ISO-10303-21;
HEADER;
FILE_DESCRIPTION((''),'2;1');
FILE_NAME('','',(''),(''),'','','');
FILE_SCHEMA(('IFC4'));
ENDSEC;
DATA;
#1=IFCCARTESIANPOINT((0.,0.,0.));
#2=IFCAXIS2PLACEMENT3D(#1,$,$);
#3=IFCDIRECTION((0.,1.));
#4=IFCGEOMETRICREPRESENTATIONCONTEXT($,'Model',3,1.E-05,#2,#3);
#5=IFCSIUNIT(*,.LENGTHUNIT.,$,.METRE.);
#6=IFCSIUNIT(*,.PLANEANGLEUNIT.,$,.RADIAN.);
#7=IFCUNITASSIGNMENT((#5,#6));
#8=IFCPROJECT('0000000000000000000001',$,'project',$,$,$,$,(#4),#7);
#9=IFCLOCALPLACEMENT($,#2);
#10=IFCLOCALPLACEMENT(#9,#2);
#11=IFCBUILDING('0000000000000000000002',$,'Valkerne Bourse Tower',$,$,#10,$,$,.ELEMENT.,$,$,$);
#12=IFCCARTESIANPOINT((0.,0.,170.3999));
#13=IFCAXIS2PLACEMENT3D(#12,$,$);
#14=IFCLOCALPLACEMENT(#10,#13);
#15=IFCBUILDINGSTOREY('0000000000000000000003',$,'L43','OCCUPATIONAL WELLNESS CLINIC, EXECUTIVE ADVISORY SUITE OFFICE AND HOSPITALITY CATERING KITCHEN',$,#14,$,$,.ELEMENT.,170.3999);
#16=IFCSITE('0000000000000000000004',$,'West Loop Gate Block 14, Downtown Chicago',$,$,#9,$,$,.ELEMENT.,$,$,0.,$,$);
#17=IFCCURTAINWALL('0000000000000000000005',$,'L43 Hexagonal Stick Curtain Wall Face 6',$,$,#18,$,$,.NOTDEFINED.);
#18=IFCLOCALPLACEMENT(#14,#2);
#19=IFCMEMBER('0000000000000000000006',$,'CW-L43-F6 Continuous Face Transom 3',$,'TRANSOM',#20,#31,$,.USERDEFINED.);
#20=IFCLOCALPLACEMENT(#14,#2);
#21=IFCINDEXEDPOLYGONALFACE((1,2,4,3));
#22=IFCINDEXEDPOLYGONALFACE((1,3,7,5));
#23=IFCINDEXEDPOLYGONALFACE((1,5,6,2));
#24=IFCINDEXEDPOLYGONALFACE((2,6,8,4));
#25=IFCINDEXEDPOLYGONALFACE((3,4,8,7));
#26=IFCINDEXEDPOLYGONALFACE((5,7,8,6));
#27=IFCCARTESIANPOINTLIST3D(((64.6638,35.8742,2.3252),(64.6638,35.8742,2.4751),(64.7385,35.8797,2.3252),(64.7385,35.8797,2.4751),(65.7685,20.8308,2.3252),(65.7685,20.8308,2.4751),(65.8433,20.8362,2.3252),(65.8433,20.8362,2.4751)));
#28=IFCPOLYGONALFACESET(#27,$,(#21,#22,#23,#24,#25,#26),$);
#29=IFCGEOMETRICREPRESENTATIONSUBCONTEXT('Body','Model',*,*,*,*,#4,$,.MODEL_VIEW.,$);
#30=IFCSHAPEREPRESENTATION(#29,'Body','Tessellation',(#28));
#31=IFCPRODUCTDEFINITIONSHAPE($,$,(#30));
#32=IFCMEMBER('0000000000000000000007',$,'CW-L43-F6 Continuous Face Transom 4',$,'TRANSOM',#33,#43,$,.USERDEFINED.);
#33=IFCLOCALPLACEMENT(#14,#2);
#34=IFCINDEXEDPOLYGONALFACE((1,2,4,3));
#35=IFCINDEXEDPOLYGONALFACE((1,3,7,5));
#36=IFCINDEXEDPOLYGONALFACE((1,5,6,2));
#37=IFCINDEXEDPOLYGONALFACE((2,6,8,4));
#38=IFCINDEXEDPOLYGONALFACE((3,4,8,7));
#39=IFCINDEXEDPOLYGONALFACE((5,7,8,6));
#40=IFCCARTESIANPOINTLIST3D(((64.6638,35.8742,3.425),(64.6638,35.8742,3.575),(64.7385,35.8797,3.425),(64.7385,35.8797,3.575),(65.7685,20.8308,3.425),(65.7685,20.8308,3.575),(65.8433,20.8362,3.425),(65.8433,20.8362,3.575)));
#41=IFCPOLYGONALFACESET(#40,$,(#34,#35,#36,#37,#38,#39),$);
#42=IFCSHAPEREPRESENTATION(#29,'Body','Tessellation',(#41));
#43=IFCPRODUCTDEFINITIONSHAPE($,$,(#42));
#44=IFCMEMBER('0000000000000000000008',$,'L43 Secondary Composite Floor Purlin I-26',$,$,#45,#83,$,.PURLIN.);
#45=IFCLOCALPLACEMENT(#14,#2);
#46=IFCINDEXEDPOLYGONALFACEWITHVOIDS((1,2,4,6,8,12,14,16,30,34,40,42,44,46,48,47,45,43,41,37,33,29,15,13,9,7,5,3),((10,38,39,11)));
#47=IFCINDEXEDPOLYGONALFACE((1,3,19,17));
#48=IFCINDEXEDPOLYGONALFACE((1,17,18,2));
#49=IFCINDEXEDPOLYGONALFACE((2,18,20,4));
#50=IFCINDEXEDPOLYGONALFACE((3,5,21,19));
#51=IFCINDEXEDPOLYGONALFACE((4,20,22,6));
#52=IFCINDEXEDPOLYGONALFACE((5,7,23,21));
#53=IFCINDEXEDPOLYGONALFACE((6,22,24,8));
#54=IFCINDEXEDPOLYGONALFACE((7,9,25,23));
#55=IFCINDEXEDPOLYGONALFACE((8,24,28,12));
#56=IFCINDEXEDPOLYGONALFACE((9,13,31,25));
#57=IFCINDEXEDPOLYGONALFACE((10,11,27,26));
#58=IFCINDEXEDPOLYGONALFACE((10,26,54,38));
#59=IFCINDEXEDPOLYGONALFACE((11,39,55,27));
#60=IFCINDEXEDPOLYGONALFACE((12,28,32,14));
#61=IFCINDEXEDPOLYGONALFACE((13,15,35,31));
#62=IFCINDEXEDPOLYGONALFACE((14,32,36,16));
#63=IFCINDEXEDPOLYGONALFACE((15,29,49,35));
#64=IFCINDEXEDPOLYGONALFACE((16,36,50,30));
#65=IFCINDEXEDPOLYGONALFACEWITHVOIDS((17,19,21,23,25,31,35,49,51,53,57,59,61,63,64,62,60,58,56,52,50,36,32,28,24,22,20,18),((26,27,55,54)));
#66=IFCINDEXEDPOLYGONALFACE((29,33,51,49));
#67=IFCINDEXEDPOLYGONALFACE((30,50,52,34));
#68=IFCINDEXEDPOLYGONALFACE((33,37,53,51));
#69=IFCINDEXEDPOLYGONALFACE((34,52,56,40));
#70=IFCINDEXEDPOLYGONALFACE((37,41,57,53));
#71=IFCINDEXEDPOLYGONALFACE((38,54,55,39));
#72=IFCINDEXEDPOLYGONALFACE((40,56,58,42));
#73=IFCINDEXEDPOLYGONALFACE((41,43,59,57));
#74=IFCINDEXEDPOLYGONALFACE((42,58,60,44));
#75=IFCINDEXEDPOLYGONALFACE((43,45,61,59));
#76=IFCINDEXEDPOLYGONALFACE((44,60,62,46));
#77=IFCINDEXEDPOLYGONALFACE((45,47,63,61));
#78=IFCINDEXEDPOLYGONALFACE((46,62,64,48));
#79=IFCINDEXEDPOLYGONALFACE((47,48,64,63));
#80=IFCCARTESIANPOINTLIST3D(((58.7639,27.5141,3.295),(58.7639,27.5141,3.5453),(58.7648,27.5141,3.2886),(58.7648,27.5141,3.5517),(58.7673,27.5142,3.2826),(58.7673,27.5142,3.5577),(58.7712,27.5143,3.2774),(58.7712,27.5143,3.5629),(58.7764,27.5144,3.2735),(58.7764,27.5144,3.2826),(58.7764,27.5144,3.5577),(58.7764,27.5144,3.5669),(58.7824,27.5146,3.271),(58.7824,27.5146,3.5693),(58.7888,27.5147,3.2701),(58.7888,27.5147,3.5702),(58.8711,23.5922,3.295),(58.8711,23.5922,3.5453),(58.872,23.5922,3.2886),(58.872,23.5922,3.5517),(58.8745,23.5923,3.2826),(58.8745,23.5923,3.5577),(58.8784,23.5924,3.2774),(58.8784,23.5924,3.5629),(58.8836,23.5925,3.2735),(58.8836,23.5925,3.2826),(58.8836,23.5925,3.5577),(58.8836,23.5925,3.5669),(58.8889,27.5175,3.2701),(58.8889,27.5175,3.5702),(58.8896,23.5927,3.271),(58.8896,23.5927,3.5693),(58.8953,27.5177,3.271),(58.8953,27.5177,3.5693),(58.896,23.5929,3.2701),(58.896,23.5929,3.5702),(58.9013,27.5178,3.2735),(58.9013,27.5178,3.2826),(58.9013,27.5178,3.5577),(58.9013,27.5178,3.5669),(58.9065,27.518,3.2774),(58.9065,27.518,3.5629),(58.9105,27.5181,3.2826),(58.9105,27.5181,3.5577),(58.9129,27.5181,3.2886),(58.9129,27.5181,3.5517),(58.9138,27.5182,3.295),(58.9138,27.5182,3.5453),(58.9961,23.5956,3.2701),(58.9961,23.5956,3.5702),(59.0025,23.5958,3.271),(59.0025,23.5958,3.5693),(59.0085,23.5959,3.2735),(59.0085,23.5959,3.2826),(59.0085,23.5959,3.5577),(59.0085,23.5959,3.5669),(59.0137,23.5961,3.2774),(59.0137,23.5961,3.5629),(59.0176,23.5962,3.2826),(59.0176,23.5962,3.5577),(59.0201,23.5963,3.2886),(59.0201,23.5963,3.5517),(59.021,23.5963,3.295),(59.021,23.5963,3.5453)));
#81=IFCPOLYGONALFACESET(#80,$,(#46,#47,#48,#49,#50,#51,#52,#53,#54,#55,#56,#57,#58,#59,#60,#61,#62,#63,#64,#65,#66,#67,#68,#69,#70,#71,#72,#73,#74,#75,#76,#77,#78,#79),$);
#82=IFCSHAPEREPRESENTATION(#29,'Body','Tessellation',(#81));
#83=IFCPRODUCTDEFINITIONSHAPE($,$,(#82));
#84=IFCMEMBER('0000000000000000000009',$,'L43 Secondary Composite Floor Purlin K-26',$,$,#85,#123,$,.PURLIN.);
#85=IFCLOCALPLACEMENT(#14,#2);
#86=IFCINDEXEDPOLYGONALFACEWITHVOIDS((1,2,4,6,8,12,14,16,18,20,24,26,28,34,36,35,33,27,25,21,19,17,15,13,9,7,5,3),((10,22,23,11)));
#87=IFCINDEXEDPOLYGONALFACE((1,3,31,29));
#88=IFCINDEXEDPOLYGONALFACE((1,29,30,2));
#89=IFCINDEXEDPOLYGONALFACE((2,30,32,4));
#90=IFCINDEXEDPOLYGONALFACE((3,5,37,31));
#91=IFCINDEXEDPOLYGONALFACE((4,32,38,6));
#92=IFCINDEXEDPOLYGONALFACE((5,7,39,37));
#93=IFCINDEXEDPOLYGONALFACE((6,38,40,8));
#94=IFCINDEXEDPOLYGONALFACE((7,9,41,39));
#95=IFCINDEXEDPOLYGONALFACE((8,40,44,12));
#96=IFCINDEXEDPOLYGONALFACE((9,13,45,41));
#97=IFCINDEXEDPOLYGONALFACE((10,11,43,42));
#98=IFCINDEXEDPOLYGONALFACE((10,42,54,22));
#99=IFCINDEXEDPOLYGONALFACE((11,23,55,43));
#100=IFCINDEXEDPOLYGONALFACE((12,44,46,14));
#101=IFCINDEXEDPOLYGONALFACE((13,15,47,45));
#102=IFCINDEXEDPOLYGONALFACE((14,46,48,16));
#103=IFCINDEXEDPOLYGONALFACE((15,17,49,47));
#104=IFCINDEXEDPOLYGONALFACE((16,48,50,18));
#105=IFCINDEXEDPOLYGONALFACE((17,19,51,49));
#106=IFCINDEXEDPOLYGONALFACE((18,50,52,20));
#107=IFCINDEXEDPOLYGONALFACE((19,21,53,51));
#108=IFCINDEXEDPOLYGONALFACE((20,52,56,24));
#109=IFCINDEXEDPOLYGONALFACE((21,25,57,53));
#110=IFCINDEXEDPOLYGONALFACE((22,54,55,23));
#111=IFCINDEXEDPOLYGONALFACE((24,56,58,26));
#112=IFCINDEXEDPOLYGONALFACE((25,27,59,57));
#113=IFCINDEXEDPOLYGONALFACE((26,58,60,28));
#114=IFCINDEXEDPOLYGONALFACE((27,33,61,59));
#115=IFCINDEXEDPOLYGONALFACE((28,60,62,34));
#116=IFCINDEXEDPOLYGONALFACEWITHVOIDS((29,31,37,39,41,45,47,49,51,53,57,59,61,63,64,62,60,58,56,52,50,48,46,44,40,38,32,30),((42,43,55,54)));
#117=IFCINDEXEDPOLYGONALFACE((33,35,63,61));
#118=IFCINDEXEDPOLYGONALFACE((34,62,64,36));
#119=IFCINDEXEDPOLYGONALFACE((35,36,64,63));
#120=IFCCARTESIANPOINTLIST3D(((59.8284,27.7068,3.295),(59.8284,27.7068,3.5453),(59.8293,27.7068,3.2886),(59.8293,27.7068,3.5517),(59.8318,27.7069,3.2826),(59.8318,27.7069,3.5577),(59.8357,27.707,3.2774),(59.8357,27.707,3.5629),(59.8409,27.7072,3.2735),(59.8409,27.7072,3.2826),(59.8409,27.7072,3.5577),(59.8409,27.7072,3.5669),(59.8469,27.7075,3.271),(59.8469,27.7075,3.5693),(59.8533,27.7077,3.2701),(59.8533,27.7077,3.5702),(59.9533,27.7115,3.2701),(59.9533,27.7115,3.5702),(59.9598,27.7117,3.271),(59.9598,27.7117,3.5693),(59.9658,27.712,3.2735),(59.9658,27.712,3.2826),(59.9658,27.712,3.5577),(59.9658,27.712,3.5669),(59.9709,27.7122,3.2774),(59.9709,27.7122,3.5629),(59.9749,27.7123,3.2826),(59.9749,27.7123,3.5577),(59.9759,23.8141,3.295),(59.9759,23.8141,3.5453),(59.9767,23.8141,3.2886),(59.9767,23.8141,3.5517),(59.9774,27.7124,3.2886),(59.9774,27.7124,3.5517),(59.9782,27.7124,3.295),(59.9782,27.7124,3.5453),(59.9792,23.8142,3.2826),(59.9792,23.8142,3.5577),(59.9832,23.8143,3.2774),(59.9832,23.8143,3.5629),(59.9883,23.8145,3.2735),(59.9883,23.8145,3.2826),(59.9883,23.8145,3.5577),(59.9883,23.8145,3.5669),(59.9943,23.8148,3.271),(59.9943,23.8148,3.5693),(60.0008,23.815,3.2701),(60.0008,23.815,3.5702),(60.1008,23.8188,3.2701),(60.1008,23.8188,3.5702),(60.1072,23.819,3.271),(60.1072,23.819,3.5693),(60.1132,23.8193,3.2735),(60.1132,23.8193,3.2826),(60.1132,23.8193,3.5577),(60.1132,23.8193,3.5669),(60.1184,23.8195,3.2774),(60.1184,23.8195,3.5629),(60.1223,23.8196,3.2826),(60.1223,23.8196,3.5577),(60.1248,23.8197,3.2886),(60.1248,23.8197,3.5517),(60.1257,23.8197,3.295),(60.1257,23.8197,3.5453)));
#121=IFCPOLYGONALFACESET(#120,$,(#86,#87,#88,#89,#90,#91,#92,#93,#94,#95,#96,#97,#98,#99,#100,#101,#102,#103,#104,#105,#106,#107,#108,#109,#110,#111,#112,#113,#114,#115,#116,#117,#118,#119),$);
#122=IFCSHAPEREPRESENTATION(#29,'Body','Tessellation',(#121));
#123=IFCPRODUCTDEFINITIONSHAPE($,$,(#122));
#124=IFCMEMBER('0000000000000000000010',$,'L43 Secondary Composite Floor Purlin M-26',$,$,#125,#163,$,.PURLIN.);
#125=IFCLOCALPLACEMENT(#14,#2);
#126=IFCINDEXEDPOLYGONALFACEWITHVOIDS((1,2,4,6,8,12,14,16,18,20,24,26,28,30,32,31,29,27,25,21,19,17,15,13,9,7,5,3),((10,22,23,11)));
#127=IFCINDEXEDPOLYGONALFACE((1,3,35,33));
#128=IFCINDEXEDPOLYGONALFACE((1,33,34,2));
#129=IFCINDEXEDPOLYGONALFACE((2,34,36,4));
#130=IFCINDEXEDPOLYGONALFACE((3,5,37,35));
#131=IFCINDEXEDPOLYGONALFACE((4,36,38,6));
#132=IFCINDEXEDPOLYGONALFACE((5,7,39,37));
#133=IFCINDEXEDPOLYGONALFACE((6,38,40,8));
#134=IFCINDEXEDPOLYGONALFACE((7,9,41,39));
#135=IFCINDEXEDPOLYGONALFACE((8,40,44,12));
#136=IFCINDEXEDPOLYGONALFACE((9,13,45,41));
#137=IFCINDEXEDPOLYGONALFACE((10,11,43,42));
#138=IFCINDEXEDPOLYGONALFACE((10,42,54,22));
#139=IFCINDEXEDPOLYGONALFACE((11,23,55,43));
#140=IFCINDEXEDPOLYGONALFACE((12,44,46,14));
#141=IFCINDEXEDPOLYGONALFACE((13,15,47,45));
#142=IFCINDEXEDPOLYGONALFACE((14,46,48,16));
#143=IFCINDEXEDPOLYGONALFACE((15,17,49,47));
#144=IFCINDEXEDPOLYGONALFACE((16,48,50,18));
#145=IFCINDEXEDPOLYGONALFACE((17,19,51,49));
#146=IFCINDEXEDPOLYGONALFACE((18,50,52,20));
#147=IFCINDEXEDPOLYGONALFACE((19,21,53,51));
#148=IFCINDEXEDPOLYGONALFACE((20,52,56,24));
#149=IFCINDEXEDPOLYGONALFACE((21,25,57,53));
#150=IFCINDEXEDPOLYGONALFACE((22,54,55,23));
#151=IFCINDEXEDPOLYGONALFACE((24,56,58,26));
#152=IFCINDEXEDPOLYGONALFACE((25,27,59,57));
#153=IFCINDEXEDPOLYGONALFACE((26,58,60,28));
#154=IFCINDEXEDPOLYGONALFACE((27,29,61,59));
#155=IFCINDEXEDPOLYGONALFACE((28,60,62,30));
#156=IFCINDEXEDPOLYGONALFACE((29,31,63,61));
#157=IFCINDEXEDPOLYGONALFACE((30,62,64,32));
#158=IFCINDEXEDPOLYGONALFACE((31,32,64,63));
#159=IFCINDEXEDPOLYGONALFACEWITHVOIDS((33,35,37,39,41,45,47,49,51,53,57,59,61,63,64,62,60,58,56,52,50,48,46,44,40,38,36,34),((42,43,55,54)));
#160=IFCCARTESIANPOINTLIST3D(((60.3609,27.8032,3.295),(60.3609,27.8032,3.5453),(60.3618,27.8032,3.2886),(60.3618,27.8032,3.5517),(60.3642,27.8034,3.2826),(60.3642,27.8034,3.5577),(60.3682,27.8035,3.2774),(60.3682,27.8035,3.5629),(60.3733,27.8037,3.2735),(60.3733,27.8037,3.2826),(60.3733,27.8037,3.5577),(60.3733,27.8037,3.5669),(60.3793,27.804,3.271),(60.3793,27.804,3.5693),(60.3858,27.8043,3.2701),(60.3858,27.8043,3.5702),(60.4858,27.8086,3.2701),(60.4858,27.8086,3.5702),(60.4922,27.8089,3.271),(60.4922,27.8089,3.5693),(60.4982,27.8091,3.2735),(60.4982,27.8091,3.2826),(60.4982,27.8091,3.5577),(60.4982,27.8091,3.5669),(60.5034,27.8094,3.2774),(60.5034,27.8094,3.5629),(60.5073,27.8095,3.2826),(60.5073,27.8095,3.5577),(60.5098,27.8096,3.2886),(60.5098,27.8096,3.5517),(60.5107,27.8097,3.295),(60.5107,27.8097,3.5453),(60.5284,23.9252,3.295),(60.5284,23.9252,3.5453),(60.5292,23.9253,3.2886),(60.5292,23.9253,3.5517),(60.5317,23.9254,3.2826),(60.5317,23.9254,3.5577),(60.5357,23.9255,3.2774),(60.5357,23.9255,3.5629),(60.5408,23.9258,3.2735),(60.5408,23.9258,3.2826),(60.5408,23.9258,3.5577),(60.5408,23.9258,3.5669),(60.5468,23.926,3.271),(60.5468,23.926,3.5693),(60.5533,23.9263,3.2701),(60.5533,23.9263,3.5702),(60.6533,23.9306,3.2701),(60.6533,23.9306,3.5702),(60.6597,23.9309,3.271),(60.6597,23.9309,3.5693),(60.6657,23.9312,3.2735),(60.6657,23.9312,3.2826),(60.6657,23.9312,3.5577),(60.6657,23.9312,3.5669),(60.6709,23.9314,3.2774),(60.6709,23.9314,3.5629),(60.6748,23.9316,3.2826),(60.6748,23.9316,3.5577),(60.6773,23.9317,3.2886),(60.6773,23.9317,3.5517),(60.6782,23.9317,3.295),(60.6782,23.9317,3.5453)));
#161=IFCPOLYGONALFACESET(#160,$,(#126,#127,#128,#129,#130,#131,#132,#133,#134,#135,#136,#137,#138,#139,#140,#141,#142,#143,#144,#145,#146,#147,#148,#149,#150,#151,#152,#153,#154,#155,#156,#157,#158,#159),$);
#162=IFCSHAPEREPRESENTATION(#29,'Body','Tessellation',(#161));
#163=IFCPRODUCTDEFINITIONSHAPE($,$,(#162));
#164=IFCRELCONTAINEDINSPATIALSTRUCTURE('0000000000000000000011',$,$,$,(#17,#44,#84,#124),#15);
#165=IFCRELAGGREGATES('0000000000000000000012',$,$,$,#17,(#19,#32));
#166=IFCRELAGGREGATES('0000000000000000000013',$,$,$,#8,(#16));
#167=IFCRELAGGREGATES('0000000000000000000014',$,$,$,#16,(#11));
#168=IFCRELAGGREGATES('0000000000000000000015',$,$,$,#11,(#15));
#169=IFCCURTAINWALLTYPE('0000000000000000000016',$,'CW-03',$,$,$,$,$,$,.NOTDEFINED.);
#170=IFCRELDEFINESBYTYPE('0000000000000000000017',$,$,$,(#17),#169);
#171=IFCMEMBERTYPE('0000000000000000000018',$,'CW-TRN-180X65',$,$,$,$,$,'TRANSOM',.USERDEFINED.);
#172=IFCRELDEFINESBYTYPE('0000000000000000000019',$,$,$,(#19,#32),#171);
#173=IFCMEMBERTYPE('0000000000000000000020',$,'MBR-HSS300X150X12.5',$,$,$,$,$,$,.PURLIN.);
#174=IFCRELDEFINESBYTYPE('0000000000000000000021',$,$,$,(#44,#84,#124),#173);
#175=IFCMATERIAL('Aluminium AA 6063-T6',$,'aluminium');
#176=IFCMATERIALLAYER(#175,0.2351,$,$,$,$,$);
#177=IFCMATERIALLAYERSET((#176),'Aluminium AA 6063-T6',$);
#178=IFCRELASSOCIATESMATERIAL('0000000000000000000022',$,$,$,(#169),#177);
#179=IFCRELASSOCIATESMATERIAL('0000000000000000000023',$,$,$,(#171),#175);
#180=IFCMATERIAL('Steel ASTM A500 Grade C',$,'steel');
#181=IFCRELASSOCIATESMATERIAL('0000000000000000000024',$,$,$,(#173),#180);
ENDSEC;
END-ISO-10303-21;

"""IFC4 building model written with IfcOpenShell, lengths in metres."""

from ifc_helpers import new_model, si_unit, direction, frame, origin, origin_2d, place, context, subcontext, project, spatial, rectangle, hollow_rectangle, extrude, material, layer, layer_set, material_profile, profile_set, type_object, element, aggregate, save


model = new_model("IFC4")

# Units and contexts
model_context = context("Model", 3, precision=1e-05, world=origin(), true_north=direction((0.0, 1.0)))
body_context = subcontext(model_context, "Body", "Model", "MODEL_VIEW")
ifc_project = project(units=[si_unit("LENGTHUNIT", "METRE"), si_unit("PLANEANGLEUNIT", "RADIAN")], contexts=[model_context])

# Site, building, storey
site_placement = place(None, origin())
site = spatial("IfcSite", under=ifc_project, at=site_placement, Name="West Loop Gate Block 14, Downtown Chicago", CompositionType="ELEMENT", RefElevation=0.0)
building_placement = place(site_placement, origin())
building = spatial("IfcBuilding", under=site, at=building_placement, Name="Valkerne Bourse Tower", CompositionType="ELEMENT")
storey_placement = place(building_placement, frame((0.0, 0.0, 170.3999)))
storey = spatial("IfcBuildingStorey", under=building, at=storey_placement, Name="L43", Description="OCCUPATIONAL WELLNESS CLINIC, EXECUTIVE ADVISORY SUITE OFFICE AND HOSPITALITY CATERING KITCHEN", CompositionType="ELEMENT", Elevation=170.3999)

# Curtain wall, members
ifc_material_1 = material(Name="Aluminium AA 6063-T6", Category="aluminium")
ifc_layer_1 = layer(ifc_material_1, 0.2351)
ifc_layer_set_1 = layer_set([ifc_layer_1], Name="Aluminium AA 6063-T6")
curtain_wall_type = type_object("IfcCurtainWallType", Name="CW-03", PredefinedType="NOTDEFINED", material=ifc_layer_set_1)
curtain_wall_placement = place(storey_placement, origin())
curtain_wall = element("IfcCurtainWall", 1, at=curtain_wall_placement, inside=storey, type_object=curtain_wall_type, Name="L43 Hexagonal Stick Curtain Wall Face 6", PredefinedType="NOTDEFINED")
ifc_material_profile_1 = material_profile(ifc_material_1, rectangle(XDim=0.075, YDim=0.1499, at=origin_2d()), Name="CWT-75X150")
ifc_profile_set_1 = profile_set([ifc_material_profile_1], Name="Aluminium AA 6063-T6")
member_type_1 = type_object("IfcMemberType", Name="CW-TRN-180X65", ElementType="TRANSOM", PredefinedType="USERDEFINED", material=ifc_profile_set_1)
member_1_placement = place(storey_placement, frame((65.8059, 20.8335, 2.4001), z_axis=(-0.073239, 0.997314, 0.0), x_axis=(-0.997314, -0.073239, 0.0)))
member_1 = element("IfcMember", 2, at=member_1_placement, type_object=member_type_1, Name="CW-L43-F6 Continuous Face Transom 3", ObjectType="TRANSOM", PredefinedType="USERDEFINED", context=body_context, shape_type="SweptSolid", body=[
    extrude(rectangle(XDim=0.075, YDim=0.1499, at=origin_2d()), origin(), (0.0, 0.0, 1.0), 15.084),
])
member_2_placement = place(storey_placement, frame((65.8059, 20.8335, 3.5), z_axis=(-0.073239, 0.997314, 0.0), x_axis=(-0.997314, -0.073239, 0.0)))
member_2 = element("IfcMember", 3, at=member_2_placement, type_object=member_type_1, Name="CW-L43-F6 Continuous Face Transom 4", ObjectType="TRANSOM", PredefinedType="USERDEFINED", context=body_context, shape_type="SweptSolid", body=[
    extrude(rectangle(XDim=0.075, YDim=0.1499, at=origin_2d()), origin(), (0.0, 0.0, 1.0), 15.084),
])

# Members
ifc_material_2 = material(Name="Steel ASTM A500 Grade C", Category="steel")
ifc_material_profile_2 = material_profile(ifc_material_2, hollow_rectangle(XDim=0.1499, YDim=0.3, WallThickness=0.0125, OuterFilletRadius=0.0249, at=origin_2d()), Name="HSS300X150X12.5")
ifc_profile_set_2 = profile_set([ifc_material_profile_2], Name="Steel ASTM A500 Grade C")
member_type_2 = type_object("IfcMemberType", Name="MBR-HSS300X150X12.5", PredefinedType="PURLIN", material=ifc_profile_set_2)
member_3_placement = place(storey_placement, frame((58.946, 23.5942, 3.4202), z_axis=(-0.027318, 0.999627, 0.0), x_axis=(-0.999627, -0.027318, 0.0)))
element("IfcMember", 4, at=member_3_placement, inside=storey, type_object=member_type_2, Name="L43 Secondary Composite Floor Purlin I-26", PredefinedType="PURLIN", context=body_context, shape_type="SweptSolid", body=[
    extrude(hollow_rectangle(XDim=0.1499, YDim=0.3, WallThickness=0.0125, OuterFilletRadius=0.0249, at=origin_2d()), origin(), (0.0, 0.0, 1.0), 3.9233),
])
member_4_placement = place(storey_placement, frame((60.0508, 23.8169, 3.4202), z_axis=(-0.037853, 0.999283, 0.0), x_axis=(-0.999283, -0.037853, 0.0)))
element("IfcMember", 5, at=member_4_placement, inside=storey, type_object=member_type_2, Name="L43 Secondary Composite Floor Purlin K-26", PredefinedType="PURLIN", context=body_context, shape_type="SweptSolid", body=[
    extrude(hollow_rectangle(XDim=0.1499, YDim=0.3, WallThickness=0.0125, OuterFilletRadius=0.0249, at=origin_2d()), origin(), (0.0, 0.0, 1.0), 3.8955),
])
member_5_placement = place(storey_placement, frame((60.6033, 23.9285, 3.4202), z_axis=(-0.043148, 0.999069, 0.0), x_axis=(-0.999069, -0.043148, 0.0)))
element("IfcMember", 6, at=member_5_placement, inside=storey, type_object=member_type_2, Name="L43 Secondary Composite Floor Purlin M-26", PredefinedType="PURLIN", context=body_context, shape_type="SweptSolid", body=[
    extrude(hollow_rectangle(XDim=0.1499, YDim=0.3, WallThickness=0.0125, OuterFilletRadius=0.0249, at=origin_2d()), origin(), (0.0, 0.0, 1.0), 3.8816),
])

aggregate(curtain_wall, [member_1, member_2])

save(model, "model.ifc")
